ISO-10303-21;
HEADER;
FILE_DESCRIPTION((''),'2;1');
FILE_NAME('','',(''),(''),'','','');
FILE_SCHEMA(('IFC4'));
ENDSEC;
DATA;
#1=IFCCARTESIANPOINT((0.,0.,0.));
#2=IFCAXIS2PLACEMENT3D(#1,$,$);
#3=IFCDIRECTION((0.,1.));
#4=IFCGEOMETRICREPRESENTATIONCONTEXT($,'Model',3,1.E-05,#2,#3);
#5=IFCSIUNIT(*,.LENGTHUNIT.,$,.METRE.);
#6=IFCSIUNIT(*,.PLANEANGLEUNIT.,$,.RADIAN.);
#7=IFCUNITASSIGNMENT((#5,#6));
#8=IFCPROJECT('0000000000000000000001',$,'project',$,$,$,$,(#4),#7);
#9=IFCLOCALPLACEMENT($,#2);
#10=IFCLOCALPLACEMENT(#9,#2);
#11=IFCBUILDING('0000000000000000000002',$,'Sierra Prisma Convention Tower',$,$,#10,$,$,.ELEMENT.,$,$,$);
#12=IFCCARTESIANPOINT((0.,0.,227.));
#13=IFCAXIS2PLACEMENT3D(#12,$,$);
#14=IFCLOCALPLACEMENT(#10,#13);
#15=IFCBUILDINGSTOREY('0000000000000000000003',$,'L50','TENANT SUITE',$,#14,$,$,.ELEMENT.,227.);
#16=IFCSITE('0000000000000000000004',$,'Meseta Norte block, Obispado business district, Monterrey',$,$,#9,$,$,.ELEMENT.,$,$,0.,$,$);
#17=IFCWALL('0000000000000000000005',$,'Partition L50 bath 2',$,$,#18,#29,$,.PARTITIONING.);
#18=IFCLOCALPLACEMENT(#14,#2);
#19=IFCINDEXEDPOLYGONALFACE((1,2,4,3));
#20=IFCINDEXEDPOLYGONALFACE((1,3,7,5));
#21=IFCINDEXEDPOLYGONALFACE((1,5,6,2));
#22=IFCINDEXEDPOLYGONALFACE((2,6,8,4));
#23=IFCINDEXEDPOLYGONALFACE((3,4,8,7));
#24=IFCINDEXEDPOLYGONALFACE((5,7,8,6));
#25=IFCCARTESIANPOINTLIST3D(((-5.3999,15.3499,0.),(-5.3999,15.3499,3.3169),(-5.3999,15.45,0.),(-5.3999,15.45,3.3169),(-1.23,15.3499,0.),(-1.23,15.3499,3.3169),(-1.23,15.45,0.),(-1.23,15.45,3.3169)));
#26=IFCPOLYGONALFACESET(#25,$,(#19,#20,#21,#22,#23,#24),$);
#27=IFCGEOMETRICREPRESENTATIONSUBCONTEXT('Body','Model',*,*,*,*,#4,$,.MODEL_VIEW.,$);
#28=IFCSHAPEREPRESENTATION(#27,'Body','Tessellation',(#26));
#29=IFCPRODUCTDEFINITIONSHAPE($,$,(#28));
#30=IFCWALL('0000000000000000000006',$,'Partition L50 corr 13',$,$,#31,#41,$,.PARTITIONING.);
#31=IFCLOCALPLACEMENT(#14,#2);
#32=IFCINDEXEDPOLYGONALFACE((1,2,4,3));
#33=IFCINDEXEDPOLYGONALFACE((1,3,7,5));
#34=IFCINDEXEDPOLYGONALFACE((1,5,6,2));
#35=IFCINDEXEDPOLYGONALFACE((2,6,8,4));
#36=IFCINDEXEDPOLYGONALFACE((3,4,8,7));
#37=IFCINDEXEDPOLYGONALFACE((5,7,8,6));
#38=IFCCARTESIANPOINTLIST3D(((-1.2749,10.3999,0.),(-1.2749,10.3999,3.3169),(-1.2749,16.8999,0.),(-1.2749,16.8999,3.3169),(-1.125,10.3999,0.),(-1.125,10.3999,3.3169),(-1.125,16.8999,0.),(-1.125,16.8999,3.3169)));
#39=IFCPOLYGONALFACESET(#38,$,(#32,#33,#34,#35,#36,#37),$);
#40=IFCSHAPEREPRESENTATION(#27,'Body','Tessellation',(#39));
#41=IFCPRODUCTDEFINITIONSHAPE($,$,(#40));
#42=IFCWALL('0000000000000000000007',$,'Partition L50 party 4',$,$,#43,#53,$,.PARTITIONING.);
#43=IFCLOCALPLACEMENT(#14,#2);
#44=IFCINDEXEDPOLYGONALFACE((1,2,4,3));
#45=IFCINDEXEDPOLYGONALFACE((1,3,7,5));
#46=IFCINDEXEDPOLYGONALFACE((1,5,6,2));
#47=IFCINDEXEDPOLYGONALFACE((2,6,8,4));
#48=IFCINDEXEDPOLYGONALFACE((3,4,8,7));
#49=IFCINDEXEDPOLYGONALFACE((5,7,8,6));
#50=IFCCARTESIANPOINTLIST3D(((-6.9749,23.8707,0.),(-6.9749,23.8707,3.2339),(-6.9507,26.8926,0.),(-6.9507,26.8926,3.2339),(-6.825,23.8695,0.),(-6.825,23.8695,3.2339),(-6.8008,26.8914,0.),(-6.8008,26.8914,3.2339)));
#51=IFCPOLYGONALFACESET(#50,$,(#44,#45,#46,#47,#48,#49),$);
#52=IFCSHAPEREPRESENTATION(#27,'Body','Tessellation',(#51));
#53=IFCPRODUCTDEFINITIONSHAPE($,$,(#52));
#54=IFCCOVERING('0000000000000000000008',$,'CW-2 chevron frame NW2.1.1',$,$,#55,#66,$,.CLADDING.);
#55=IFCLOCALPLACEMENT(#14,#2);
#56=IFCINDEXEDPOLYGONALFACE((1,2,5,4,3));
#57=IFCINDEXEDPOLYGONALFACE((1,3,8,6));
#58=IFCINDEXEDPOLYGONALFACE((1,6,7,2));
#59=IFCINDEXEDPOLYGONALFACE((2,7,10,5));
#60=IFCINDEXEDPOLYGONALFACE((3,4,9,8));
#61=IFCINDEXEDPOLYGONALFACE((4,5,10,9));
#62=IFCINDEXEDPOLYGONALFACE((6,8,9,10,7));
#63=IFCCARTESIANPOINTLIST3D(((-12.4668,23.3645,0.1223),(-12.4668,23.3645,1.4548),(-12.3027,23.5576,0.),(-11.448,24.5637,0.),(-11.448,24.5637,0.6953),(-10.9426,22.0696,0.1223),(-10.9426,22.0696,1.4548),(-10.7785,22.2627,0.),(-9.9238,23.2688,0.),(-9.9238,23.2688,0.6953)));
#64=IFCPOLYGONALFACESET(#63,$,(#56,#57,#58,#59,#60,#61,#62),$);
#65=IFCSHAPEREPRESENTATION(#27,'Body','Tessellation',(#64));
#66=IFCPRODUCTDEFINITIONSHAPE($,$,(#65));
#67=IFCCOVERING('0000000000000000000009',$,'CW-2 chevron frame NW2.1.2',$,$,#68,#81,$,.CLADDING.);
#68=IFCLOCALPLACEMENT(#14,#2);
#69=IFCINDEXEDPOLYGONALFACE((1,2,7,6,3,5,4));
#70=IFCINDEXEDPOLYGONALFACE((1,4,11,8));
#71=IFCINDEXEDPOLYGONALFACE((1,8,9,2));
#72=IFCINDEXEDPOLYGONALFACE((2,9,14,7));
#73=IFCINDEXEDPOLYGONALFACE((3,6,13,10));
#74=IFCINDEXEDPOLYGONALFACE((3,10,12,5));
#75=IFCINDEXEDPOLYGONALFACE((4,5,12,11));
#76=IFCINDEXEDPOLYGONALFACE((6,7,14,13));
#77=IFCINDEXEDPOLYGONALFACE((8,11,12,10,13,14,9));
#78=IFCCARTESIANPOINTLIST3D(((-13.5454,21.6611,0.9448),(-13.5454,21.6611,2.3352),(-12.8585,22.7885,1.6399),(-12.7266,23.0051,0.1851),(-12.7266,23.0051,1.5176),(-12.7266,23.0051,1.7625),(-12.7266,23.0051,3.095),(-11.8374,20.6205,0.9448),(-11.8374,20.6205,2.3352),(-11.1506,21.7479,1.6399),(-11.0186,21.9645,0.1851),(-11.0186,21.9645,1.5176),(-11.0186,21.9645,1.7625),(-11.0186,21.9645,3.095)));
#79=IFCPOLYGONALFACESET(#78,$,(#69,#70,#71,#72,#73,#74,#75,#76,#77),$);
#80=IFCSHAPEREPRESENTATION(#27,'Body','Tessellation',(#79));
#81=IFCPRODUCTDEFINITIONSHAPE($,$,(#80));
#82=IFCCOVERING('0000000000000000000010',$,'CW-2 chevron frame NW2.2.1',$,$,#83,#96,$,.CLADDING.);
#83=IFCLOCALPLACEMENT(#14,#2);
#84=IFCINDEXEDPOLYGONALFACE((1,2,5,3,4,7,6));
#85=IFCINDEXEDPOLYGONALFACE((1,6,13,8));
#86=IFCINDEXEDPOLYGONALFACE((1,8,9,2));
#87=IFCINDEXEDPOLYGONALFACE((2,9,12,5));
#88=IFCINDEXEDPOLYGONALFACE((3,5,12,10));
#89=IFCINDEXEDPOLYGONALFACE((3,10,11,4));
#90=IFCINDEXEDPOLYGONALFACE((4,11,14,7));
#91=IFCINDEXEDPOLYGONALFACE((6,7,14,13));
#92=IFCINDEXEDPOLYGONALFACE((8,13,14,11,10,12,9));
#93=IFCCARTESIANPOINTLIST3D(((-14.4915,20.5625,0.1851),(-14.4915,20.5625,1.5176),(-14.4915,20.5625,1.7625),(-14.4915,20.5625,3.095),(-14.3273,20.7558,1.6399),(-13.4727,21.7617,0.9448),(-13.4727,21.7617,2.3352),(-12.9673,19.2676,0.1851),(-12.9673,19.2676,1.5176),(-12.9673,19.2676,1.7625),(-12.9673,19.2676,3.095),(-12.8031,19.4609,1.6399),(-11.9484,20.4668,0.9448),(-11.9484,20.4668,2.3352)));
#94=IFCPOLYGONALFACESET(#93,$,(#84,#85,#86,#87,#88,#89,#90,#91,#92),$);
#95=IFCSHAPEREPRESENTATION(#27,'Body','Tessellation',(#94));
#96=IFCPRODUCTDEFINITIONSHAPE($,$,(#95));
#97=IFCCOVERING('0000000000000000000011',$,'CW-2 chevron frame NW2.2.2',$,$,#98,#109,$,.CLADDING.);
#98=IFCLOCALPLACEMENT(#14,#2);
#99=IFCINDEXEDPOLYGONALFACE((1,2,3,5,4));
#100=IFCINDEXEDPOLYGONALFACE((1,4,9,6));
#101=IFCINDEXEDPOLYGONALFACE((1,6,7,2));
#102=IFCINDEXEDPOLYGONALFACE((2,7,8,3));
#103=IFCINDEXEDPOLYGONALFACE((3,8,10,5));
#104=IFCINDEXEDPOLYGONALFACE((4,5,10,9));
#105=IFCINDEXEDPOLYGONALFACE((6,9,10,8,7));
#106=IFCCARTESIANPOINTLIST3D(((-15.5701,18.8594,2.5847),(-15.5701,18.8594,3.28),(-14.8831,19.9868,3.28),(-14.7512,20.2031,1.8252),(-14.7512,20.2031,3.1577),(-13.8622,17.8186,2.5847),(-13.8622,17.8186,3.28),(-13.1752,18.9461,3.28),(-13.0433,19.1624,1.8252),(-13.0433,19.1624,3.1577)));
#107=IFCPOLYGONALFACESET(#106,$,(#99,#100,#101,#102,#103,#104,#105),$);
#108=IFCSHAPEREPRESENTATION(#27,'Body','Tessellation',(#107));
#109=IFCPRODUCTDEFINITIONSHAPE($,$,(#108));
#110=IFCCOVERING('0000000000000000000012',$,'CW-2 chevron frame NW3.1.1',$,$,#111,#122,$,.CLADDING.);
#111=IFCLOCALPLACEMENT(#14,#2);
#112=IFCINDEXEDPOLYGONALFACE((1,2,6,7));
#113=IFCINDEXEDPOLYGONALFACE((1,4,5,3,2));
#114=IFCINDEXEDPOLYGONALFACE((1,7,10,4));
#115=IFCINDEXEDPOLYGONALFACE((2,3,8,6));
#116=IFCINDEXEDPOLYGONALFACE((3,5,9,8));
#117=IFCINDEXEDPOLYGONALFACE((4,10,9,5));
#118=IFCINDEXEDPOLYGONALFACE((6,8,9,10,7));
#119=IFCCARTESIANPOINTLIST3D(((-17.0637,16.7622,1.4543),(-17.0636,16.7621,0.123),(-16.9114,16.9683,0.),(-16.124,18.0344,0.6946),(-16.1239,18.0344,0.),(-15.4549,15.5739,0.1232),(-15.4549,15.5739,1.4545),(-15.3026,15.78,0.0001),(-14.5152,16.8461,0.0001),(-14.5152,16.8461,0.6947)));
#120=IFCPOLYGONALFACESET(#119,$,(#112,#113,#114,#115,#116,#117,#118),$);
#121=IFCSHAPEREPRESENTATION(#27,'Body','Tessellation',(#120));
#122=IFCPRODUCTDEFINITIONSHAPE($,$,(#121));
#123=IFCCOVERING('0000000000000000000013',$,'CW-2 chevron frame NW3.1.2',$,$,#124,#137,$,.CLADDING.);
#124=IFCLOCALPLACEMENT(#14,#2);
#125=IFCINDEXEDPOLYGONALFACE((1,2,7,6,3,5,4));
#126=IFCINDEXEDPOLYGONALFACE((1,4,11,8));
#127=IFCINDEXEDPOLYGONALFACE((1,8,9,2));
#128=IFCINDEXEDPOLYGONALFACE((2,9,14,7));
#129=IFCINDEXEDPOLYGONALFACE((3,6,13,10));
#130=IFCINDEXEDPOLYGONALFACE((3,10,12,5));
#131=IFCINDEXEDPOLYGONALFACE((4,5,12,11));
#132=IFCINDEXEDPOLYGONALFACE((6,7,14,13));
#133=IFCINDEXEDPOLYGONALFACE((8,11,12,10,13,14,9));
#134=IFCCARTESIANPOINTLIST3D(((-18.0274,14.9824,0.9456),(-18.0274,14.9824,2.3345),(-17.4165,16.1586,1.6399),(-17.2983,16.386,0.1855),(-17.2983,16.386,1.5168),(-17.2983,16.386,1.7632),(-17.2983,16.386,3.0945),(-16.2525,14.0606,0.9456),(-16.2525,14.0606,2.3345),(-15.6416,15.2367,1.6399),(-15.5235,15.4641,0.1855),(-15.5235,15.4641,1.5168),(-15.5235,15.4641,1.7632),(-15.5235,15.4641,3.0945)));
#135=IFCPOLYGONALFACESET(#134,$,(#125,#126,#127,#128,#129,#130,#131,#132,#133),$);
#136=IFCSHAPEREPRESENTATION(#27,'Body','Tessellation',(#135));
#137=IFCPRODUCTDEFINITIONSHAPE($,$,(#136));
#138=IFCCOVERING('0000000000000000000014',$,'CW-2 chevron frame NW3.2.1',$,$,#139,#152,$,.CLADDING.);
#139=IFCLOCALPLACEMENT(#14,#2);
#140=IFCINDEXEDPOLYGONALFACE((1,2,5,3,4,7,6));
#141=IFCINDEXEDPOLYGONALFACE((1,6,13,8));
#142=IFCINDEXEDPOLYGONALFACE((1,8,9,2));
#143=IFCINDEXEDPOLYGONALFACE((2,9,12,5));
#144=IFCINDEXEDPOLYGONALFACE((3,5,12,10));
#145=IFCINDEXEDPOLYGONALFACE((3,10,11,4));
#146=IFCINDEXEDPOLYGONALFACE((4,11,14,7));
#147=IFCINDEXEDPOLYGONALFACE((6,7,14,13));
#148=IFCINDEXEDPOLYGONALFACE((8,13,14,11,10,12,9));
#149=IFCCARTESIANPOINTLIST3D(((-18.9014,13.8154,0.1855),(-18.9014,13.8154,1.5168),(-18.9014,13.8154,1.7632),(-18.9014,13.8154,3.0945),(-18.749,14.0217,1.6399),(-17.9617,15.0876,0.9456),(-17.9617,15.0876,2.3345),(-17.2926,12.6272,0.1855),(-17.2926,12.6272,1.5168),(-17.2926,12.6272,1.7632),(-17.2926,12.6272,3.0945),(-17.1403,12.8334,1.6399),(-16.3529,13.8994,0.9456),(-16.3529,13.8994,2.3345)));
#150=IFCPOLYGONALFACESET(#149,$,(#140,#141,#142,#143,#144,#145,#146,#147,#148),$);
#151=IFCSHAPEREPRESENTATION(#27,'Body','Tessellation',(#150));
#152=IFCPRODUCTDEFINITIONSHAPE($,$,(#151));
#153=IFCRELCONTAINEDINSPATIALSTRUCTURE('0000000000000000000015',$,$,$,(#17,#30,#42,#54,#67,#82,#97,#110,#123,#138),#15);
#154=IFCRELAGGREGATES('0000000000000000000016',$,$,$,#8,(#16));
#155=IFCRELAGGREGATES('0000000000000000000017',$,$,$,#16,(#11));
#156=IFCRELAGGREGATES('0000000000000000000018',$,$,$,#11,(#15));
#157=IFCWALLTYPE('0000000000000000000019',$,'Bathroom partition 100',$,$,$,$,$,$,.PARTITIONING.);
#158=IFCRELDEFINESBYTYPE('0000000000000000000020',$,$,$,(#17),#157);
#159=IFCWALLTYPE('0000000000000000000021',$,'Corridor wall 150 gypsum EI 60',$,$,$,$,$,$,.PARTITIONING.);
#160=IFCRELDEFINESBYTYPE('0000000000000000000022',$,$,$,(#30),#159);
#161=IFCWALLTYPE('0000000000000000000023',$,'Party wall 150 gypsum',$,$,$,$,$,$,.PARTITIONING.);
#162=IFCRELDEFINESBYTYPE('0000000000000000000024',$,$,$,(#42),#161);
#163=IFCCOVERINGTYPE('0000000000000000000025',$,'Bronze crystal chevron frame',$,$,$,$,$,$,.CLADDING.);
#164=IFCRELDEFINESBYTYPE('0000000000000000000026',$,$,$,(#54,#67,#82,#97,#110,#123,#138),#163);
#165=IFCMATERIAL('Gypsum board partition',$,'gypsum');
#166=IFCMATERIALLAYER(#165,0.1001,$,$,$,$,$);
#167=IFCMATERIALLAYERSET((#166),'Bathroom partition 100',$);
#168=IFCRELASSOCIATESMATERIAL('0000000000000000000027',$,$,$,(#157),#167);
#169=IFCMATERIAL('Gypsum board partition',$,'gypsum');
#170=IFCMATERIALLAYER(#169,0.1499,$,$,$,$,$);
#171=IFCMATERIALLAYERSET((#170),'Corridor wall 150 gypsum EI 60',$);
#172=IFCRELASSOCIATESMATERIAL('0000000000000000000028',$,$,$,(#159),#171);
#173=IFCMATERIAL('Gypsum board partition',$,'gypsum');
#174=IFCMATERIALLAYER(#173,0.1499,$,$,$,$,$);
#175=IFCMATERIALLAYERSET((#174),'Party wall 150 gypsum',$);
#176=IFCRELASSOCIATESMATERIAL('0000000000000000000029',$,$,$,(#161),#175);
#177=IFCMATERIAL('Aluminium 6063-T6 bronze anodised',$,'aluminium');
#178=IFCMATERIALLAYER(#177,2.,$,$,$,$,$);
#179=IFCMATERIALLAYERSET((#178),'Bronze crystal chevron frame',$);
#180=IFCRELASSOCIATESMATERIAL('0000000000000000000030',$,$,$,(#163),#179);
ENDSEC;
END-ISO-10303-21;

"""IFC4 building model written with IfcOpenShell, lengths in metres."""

from ifc_helpers import new_model, si_unit, direction, frame, frame_2d, origin, place, context, subcontext, project, spatial, polyline, rectangle, outline, extrude, material, layer, layer_set, type_object, element, save


model = new_model("IFC4")

# Units and contexts
model_context = context("Model", 3, precision=1e-05, world=origin(), true_north=direction((0.0, 1.0)))
body_context = subcontext(model_context, "Body", "Model", "MODEL_VIEW")
ifc_project = project(units=[si_unit("LENGTHUNIT", "METRE"), si_unit("PLANEANGLEUNIT", "RADIAN")], contexts=[model_context])

# Site, building, storey
site_placement = place(None, origin())
site = spatial("IfcSite", under=ifc_project, at=site_placement, Name="Meseta Norte block, Obispado business district, Monterrey", CompositionType="ELEMENT", RefElevation=0.0)
building_placement = place(site_placement, origin())
building = spatial("IfcBuilding", under=site, at=building_placement, Name="Sierra Prisma Convention Tower", CompositionType="ELEMENT")
storey_placement = place(building_placement, frame((0.0, 0.0, 227.0)))
storey = spatial("IfcBuildingStorey", under=building, at=storey_placement, Name="L50", Description="TENANT SUITE", CompositionType="ELEMENT", Elevation=227.0)

# Walls
ifc_material_1 = material(Name="Gypsum board partition", Category="gypsum")
ifc_layer_1 = layer(ifc_material_1, 0.1001)
ifc_layer_set_1 = layer_set([ifc_layer_1], Name="Bathroom partition 100")
wall_type_1 = type_object("IfcWallType", Name="Bathroom partition 100", PredefinedType="PARTITIONING", material=ifc_layer_set_1)
wall_1_placement = place(storey_placement, frame((-5.3999, 15.3999, 0.0), z_axis=(0.0, 0.0, 1.0), x_axis=(1.0, 0.0, 0.0)))
element("IfcWall", 1, at=wall_1_placement, inside=storey, type_object=wall_type_1, Name="Partition L50 bath 2", PredefinedType="PARTITIONING", context=body_context, shape_type="SweptSolid", body=[
    extrude(rectangle(XDim=4.1699, YDim=0.1001, at=frame_2d((2.085, 0.0))), origin(), (0.0, 0.0, 1.0), 3.3169),
])
ifc_material_2 = material(Name="Gypsum board partition", Category="gypsum")
ifc_layer_2 = layer(ifc_material_2, 0.1499)
ifc_layer_set_2 = layer_set([ifc_layer_2], Name="Corridor wall 150 gypsum EI 60")
wall_type_2 = type_object("IfcWallType", Name="Corridor wall 150 gypsum EI 60", PredefinedType="PARTITIONING", material=ifc_layer_set_2)
wall_2_placement = place(storey_placement, frame((-1.2, 16.8999, 0.0), z_axis=(0.0, 0.0, 1.0), x_axis=(0.0, -1.0, 0.0)))
element("IfcWall", 2, at=wall_2_placement, inside=storey, type_object=wall_type_2, Name="Partition L50 corr 13", PredefinedType="PARTITIONING", context=body_context, shape_type="SweptSolid", body=[
    extrude(rectangle(XDim=6.5, YDim=0.1499, at=frame_2d((3.25, 0.0))), origin(), (0.0, 0.0, 1.0), 3.3169),
])
ifc_material_3 = material(Name="Gypsum board partition", Category="gypsum")
ifc_layer_3 = layer(ifc_material_3, 0.1499)
ifc_layer_set_3 = layer_set([ifc_layer_3], Name="Party wall 150 gypsum")
wall_type_3 = type_object("IfcWallType", Name="Party wall 150 gypsum", PredefinedType="PARTITIONING", material=ifc_layer_set_3)
wall_3_placement = place(storey_placement, frame((-6.8999, 23.8701, 0.0), z_axis=(0.0, 0.0, 1.0), x_axis=(0.007998, 0.999968, 0.0)))
element("IfcWall", 3, at=wall_3_placement, inside=storey, type_object=wall_type_3, Name="Partition L50 party 4", PredefinedType="PARTITIONING", context=body_context, shape_type="SweptSolid", body=[
    extrude(rectangle(XDim=3.022, YDim=0.1499, at=frame_2d((1.511, 0.0))), origin(), (0.0, 0.0, 1.0), 3.2339),
])

# Coverings
ifc_material_4 = material(Name="Aluminium 6063-T6 bronze anodised", Category="aluminium")
ifc_layer_4 = layer(ifc_material_4, 2.0)
ifc_layer_set_4 = layer_set([ifc_layer_4], Name="Bronze crystal chevron frame")
covering_type = type_object("IfcCoveringType", Name="Bronze crystal chevron frame", PredefinedType="CLADDING", material=ifc_layer_set_4)
covering_1_placement = place(storey_placement, frame((-12.3027, 23.5576, 0.0), z_axis=(-0.762108, 0.64745, 0.0), x_axis=(-0.583076, -0.686333, 0.434706)))
element("IfcCovering", 4, at=covering_1_placement, inside=storey, type_object=covering_type, Name="CW-2 chevron frame NW2.1.1", PredefinedType="CLADDING", context=body_context, shape_type="SweptSolid", body=[
    extrude(outline(polyline([(0.0, 0.0), (0.2814, 0.0), (0.8606, 1.2), (-0.8866, 1.2001), (-1.1889, 0.5739), (0.0, 0.0)])), origin(), (0.0, 0.0, -1.0), 2.0),
])
covering_2_placement = place(storey_placement, frame((-12.7266, 23.0051, 1.5176), z_axis=(-0.853985, 0.520297, 0.0), x_axis=(0.0, 0.0, -1.0)))
element("IfcCovering", 5, at=covering_2_placement, inside=storey, type_object=covering_type, Name="CW-2 chevron frame NW2.1.2", PredefinedType="CLADDING", context=body_context, shape_type="SweptSolid", body=[
    extrude(outline(polyline([(0.0, 0.0), (1.3325, 0.0), (0.5728, 1.5738), (-0.8176, 1.5738), (-1.5774, 0.0), (-0.2449, 0.0), (-0.1223, 0.2537), (0.0, 0.0)])), origin(), (0.0, 0.0, -1.0), 2.0),
])
covering_3_placement = place(storey_placement, frame((-13.4727, 21.7617, 0.9448), z_axis=(-0.762104, 0.647455, 0.0), x_axis=(-0.583049, -0.686294, -0.434804)))
element("IfcCovering", 6, at=covering_3_placement, inside=storey, type_object=covering_type, Name="CW-2 chevron frame NW2.2.1", PredefinedType="CLADDING", context=body_context, shape_type="SweptSolid", body=[
    extrude(outline(polyline([(0.0, 0.0), (1.7474, 0.0), (1.168, 1.2), (0.8864, 1.1999), (1.0615, 1.4205), (0.4821, 2.6204), (-0.6045, 1.2521), (0.0, 0.0)])), origin(), (0.0, 0.0, -1.0), 2.0),
])
covering_4_placement = place(storey_placement, frame((-14.7512, 20.2031, 1.8252), z_axis=(-0.853941, 0.52037, -0.000009), x_axis=(-0.46864, -0.769043, 0.434684)))
element("IfcCovering", 7, at=covering_4_placement, inside=storey, type_object=covering_type, Name="CW-2 chevron frame NW2.2.2", PredefinedType="CLADDING", context=body_context, shape_type="SweptSolid", body=[
    extrude(outline(polyline([(0.0, 0.0), (1.7473, 0.0), (2.0495, 0.6262), (0.8605, 1.2001), (0.5792, 1.2), (0.0, 0.0)])), origin(), (0.0, 0.0, -1.0), 2.0),
])
covering_5_placement = place(storey_placement, frame((-16.9114, 16.9683, 0.0), z_axis=(-0.804371, 0.594127, -0.000055), x_axis=(-0.535603, -0.725096, 0.432857)))
element("IfcCovering", 8, at=covering_5_placement, inside=storey, type_object=covering_type, Name="CW-2 chevron frame NW3.1.1", PredefinedType="CLADDING", context=body_context, shape_type="SweptSolid", body=[
    extrude(outline(polyline([(0.0, 0.0), (0.2843, 0.0), (0.8605, 1.2001), (-0.8941, 1.1998), (-1.1948, 0.5737), (0.0, 0.0)])), origin(), (0.0, 0.0, -1.0), 2.0),
])
covering_6_placement = place(storey_placement, frame((-17.2983, 16.386, 1.5168), z_axis=(-0.887433, 0.460937, 0.0), x_axis=(0.0, 0.0, -1.0)))
element("IfcCovering", 9, at=covering_6_placement, inside=storey, type_object=covering_type, Name="CW-2 chevron frame NW3.1.2", PredefinedType="CLADDING", context=body_context, shape_type="SweptSolid", body=[
    extrude(outline(polyline([(0.0, 0.0), (1.3313, 0.0), (0.5713, 1.5816), (-0.8176, 1.5816), (-1.5776, 0.0), (-0.2463, 0.0), (-0.123, 0.2563), (0.0, 0.0)])), origin(), (0.0, 0.0, -1.0), 2.0),
])
covering_7_placement = place(storey_placement, frame((-17.9617, 15.0876, 0.9456), z_axis=(-0.804368, 0.594131, 0.0), x_axis=(-0.535514, -0.725009, -0.433113)))
element("IfcCovering", 10, at=covering_7_placement, inside=storey, type_object=covering_type, Name="CW-2 chevron frame NW3.2.1", PredefinedType="CLADDING", context=body_context, shape_type="SweptSolid", body=[
    extrude(outline(polyline([(0.0, 0.0), (1.7548, 0.0), (1.1782, 1.2), (0.8937, 1.1998), (1.0715, 1.422), (0.4949, 2.6219), (-0.6016, 1.2519), (0.0, 0.0)])), origin(), (0.0, 0.0, -1.0), 2.0),
])

save(model, "model.ifc")
